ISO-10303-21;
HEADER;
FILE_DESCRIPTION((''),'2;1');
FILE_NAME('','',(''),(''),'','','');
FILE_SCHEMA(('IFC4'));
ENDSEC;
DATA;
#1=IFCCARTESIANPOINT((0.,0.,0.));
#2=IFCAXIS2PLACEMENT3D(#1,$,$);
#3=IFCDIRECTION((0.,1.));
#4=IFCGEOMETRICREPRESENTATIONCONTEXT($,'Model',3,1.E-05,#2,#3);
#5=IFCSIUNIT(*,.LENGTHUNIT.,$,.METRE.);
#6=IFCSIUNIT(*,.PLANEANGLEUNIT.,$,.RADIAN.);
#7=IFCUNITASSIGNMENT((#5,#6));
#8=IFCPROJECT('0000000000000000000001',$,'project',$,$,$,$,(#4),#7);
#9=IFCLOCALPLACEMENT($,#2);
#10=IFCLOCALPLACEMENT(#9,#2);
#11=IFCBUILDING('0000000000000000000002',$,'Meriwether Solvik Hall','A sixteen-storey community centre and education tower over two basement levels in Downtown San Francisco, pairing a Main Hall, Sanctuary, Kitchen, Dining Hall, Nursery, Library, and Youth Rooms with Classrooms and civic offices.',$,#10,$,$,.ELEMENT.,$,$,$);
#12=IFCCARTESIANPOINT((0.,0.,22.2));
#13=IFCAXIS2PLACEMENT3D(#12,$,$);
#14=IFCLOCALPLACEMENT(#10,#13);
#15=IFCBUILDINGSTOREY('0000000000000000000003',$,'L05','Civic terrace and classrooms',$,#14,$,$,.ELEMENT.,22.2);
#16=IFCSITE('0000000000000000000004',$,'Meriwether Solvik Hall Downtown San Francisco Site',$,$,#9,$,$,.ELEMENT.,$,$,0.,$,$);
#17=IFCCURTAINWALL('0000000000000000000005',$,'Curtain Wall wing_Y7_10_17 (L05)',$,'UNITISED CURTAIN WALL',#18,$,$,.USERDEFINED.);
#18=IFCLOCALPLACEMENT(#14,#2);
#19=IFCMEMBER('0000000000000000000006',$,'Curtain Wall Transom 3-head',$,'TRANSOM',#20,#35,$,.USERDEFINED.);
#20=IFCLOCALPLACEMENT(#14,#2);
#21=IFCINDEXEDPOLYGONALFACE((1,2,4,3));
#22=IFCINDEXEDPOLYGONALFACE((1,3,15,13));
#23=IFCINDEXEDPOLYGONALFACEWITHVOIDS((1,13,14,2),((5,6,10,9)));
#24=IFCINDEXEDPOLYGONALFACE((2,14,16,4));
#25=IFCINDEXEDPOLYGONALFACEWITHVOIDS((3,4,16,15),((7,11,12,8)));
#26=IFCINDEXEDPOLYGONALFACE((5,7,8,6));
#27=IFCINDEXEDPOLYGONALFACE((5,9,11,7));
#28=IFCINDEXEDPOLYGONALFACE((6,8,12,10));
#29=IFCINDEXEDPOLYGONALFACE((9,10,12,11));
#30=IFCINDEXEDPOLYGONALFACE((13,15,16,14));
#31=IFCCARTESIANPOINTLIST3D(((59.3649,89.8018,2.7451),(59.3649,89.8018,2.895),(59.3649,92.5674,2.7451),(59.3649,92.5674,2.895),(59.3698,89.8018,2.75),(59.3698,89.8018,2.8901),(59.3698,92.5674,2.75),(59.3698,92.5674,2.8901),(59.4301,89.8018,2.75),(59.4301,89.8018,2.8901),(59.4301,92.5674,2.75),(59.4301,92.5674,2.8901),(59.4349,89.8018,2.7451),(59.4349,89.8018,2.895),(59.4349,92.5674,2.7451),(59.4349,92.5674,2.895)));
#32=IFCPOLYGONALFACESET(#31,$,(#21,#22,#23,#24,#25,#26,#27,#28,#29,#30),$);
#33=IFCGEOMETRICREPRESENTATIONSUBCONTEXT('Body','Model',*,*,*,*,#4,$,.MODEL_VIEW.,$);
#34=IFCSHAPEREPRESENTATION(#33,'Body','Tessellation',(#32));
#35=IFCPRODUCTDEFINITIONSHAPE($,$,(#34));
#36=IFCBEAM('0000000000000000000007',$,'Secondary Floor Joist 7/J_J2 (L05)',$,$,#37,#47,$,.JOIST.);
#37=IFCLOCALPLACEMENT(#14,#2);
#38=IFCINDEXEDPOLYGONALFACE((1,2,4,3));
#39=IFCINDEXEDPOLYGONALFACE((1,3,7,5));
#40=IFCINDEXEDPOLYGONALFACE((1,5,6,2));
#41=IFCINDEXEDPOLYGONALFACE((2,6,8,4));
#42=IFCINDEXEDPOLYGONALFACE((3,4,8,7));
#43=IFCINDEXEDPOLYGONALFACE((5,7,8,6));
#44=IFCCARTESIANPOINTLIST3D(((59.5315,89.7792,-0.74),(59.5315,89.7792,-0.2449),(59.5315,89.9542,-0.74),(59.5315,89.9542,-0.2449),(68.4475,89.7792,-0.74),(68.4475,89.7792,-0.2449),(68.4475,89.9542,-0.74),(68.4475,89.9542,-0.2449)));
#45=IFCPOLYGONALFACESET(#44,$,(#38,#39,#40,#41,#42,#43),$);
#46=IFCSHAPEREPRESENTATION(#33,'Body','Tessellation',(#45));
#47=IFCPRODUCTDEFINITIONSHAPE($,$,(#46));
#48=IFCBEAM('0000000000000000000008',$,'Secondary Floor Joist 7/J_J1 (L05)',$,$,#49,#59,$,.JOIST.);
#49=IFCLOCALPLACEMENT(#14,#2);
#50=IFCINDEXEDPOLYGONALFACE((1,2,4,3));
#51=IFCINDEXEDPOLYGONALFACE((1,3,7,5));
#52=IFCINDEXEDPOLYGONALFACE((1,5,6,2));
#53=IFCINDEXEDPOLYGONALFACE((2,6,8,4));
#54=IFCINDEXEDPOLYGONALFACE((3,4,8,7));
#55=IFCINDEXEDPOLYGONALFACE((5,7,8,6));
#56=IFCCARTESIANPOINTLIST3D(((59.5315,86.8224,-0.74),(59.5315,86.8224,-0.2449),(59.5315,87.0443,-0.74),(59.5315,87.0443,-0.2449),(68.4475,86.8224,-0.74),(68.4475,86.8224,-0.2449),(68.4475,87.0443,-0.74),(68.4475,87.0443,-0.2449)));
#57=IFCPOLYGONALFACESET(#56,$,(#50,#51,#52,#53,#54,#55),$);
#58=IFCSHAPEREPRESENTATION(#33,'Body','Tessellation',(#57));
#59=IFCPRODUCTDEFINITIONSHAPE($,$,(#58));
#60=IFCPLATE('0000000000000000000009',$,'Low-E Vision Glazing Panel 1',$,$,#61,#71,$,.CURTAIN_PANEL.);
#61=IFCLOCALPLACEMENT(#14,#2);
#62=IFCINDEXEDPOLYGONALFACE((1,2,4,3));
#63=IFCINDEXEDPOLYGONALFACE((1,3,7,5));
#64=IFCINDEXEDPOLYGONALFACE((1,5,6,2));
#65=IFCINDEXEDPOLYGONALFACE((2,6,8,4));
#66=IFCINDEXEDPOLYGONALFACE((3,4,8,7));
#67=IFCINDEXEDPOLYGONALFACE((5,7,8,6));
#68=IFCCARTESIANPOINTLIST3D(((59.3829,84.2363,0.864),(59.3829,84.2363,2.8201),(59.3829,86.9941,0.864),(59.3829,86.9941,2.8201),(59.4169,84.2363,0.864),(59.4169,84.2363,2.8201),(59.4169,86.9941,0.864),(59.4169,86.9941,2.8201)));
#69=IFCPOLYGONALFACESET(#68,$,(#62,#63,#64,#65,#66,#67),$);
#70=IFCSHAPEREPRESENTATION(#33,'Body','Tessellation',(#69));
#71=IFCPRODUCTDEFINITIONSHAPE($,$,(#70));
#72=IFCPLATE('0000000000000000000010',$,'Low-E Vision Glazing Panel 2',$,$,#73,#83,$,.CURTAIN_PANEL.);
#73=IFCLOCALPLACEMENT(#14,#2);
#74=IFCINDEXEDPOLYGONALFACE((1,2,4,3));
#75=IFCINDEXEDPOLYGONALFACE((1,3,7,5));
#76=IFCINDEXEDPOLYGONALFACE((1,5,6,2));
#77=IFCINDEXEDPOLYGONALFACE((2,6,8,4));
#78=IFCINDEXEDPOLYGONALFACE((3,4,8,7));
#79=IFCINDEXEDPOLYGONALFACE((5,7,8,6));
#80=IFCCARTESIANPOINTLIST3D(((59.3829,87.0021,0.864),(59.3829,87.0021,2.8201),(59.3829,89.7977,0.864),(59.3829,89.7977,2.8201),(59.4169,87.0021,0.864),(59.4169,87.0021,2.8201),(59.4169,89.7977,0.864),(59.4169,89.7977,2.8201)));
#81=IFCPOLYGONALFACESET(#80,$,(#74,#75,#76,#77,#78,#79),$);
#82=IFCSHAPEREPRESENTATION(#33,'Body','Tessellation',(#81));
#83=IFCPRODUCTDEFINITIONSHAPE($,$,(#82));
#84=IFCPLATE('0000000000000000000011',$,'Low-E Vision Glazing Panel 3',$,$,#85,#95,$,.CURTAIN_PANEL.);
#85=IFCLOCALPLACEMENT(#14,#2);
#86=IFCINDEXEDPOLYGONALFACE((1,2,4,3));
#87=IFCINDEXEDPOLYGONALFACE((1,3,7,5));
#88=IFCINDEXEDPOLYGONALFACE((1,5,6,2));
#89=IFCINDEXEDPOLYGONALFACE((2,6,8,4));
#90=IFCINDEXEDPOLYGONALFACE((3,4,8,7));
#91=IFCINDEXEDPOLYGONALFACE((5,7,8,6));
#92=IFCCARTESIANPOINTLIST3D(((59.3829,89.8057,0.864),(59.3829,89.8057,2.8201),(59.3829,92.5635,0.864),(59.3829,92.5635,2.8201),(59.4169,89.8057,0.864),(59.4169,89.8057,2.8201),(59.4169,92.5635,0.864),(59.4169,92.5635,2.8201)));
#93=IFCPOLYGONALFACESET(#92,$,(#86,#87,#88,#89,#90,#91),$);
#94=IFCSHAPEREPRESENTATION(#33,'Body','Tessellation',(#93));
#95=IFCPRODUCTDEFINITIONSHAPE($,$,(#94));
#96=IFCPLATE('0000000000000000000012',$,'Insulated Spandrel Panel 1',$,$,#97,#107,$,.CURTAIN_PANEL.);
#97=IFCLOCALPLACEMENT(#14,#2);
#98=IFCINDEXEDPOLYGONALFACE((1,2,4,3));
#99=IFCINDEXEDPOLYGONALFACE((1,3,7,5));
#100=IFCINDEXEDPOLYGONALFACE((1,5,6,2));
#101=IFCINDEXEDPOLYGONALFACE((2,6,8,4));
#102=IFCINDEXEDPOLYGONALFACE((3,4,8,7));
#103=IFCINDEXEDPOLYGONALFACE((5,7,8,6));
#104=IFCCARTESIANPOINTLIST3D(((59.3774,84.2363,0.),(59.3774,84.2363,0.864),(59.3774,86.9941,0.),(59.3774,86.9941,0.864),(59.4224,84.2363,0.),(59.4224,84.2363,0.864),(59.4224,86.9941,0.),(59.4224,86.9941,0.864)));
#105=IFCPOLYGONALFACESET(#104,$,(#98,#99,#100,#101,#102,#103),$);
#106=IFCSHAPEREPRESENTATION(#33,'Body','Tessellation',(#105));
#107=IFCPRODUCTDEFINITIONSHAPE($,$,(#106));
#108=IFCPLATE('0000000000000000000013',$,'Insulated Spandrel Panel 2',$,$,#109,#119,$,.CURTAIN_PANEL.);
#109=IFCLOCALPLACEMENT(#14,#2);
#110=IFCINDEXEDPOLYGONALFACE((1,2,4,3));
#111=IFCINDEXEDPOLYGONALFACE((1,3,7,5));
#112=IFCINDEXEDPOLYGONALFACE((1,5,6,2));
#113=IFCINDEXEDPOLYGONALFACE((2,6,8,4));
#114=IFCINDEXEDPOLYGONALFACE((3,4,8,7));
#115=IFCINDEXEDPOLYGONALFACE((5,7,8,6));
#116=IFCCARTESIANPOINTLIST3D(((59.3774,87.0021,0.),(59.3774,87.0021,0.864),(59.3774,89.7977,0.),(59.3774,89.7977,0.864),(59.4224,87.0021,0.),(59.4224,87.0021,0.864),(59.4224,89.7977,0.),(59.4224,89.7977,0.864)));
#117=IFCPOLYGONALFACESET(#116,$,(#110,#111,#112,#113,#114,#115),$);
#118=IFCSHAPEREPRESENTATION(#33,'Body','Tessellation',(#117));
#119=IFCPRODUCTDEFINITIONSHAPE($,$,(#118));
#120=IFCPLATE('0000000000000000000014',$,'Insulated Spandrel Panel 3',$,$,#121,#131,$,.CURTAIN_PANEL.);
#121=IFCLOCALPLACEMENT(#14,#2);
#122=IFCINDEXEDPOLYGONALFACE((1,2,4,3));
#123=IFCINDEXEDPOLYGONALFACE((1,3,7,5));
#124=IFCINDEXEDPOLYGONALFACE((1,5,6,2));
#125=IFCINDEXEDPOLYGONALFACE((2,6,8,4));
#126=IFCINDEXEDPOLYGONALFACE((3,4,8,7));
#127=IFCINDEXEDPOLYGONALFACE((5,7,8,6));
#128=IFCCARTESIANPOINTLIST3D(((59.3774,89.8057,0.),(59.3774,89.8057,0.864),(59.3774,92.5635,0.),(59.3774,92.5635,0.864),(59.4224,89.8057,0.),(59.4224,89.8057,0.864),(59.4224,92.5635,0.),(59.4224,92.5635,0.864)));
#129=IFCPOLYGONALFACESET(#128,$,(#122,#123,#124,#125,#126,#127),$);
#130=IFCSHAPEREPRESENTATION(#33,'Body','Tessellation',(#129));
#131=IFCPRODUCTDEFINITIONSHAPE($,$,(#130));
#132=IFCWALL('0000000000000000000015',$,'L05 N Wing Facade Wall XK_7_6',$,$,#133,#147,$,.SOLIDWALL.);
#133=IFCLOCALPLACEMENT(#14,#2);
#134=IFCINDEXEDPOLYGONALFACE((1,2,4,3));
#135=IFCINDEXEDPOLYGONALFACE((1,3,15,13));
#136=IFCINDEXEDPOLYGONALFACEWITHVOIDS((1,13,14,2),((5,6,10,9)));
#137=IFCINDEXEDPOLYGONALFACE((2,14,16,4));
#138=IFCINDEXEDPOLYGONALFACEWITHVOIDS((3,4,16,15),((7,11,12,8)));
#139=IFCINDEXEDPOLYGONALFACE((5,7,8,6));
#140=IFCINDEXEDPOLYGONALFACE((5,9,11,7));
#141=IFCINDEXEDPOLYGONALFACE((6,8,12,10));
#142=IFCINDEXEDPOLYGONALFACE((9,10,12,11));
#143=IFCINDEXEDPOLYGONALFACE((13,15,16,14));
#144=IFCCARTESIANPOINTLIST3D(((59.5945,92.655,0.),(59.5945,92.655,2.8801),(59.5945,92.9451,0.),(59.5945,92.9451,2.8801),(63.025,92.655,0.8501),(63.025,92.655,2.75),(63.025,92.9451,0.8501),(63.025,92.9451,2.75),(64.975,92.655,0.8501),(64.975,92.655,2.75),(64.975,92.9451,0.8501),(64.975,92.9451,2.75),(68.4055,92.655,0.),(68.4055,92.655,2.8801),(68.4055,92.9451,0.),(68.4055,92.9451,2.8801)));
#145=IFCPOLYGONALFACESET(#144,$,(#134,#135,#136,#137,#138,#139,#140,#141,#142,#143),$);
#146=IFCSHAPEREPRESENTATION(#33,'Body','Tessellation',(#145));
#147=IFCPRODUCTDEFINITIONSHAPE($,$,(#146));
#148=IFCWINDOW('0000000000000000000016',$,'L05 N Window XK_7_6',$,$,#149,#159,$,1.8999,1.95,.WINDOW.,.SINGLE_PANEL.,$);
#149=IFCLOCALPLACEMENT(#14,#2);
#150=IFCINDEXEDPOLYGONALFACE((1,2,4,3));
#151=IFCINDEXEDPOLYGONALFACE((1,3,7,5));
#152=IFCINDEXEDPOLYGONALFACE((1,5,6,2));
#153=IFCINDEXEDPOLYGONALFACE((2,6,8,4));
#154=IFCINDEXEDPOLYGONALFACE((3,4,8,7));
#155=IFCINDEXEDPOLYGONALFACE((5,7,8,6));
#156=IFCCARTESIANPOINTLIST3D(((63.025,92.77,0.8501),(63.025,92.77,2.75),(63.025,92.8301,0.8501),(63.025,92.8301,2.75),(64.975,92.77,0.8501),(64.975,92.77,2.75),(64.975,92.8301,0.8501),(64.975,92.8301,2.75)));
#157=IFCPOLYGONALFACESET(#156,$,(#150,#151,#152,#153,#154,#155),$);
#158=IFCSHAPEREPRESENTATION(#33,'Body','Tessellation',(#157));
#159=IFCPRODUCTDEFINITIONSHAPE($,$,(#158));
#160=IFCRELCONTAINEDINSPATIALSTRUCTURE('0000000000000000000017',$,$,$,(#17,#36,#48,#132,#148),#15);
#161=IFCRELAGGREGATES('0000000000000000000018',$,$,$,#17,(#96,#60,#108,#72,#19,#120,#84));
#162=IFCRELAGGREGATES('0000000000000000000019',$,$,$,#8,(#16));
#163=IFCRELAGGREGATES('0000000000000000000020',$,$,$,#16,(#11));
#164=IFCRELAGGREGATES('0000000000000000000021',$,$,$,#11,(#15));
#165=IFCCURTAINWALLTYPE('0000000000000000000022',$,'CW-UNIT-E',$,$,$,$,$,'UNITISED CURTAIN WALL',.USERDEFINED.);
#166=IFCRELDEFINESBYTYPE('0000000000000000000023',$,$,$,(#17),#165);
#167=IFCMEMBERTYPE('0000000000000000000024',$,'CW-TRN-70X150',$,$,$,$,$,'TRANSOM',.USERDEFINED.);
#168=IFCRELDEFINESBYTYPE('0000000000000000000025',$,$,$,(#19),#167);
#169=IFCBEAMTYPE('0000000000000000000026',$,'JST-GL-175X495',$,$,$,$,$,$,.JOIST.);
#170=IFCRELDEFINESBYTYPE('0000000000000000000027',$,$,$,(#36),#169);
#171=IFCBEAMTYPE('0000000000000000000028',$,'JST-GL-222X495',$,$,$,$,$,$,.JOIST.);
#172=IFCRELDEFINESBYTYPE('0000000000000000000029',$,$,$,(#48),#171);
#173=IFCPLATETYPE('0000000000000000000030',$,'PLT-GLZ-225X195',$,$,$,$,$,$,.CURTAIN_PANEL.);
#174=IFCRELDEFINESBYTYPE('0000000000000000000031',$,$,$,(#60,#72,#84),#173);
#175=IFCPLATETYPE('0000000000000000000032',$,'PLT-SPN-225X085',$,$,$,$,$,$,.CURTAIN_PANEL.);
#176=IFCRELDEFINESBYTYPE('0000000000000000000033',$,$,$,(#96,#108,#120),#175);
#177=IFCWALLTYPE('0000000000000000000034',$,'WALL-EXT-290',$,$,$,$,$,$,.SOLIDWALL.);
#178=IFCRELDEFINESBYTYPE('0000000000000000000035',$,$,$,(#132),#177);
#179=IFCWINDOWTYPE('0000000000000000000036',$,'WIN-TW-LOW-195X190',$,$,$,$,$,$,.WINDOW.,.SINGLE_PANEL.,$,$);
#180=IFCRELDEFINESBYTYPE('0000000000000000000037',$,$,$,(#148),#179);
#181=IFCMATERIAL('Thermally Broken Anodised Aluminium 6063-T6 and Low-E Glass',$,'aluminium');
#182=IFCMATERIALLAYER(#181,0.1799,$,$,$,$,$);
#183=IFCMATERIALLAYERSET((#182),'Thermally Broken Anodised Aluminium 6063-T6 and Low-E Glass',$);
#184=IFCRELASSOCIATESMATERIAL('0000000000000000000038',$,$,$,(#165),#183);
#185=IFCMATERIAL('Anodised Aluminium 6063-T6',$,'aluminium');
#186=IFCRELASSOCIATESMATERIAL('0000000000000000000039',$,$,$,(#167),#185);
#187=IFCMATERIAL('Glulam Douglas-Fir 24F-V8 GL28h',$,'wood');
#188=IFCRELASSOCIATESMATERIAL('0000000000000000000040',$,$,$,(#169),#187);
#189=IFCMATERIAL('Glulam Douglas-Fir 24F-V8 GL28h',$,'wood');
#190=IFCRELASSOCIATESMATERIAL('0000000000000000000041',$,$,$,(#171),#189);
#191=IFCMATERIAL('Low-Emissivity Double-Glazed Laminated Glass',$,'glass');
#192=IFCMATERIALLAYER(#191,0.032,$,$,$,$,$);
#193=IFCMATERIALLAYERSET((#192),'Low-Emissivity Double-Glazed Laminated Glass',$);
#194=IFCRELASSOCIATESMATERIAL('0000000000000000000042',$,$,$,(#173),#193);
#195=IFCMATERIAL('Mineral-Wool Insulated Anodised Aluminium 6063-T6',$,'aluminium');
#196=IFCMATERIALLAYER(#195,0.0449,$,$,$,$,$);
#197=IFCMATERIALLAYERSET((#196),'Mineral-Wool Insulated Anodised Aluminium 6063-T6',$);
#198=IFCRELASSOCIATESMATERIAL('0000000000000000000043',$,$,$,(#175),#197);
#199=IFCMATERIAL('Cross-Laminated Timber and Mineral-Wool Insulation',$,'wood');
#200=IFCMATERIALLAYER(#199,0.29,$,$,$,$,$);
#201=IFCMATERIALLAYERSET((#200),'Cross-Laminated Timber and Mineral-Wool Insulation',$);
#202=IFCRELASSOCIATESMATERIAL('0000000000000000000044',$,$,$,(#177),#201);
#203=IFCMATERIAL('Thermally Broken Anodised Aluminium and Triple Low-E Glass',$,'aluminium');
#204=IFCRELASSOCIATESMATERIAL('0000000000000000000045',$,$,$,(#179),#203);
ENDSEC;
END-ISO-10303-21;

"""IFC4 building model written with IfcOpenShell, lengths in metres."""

from ifc_helpers import new_model, si_unit, direction, frame, frame_2d, origin, origin_2d, place, context, subcontext, project, spatial, rectangle, hollow_rectangle, extrude, material, layer, layer_set, material_profile, profile_set, type_object, element, fill, aggregate, save


model = new_model("IFC4")

# Units and contexts
model_context = context("Model", 3, precision=1e-05, world=origin(), true_north=direction((0.0, 1.0)))
body_context = subcontext(model_context, "Body", "Model", "MODEL_VIEW")
ifc_project = project(units=[si_unit("LENGTHUNIT", "METRE"), si_unit("PLANEANGLEUNIT", "RADIAN")], contexts=[model_context])

# Site, building, storey
site_placement = place(None, origin())
site = spatial("IfcSite", under=ifc_project, at=site_placement, Name="Meriwether Solvik Hall Downtown San Francisco Site", CompositionType="ELEMENT", RefElevation=0.0)
building_placement = place(site_placement, origin())
building = spatial("IfcBuilding", under=site, at=building_placement, Name="Meriwether Solvik Hall", Description="A sixteen-storey community centre and education tower over two basement levels in Downtown San Francisco, pairing a Main Hall, Sanctuary, Kitchen, Dining Hall, Nursery, Library, and Youth Rooms with Classrooms and civic offices.", CompositionType="ELEMENT")
storey_placement = place(building_placement, frame((0.0, 0.0, 22.2)))
storey = spatial("IfcBuildingStorey", under=building, at=storey_placement, Name="L05", Description="Civic terrace and classrooms", CompositionType="ELEMENT", Elevation=22.2)

# Curtain wall, member
ifc_material_1 = material(Name="Thermally Broken Anodised Aluminium 6063-T6 and Low-E Glass", Category="aluminium")
ifc_layer_1 = layer(ifc_material_1, 0.1799)
ifc_layer_set_1 = layer_set([ifc_layer_1], Name="Thermally Broken Anodised Aluminium 6063-T6 and Low-E Glass")
curtain_wall_type = type_object("IfcCurtainWallType", Name="CW-UNIT-E", ElementType="UNITISED CURTAIN WALL", PredefinedType="USERDEFINED", material=ifc_layer_set_1)
curtain_wall_placement = place(storey_placement, origin())
curtain_wall = element("IfcCurtainWall", 1, at=curtain_wall_placement, inside=storey, type_object=curtain_wall_type, Name="Curtain Wall wing_Y7_10_17 (L05)", ObjectType="UNITISED CURTAIN WALL", PredefinedType="USERDEFINED")
ifc_material_2 = material(Name="Anodised Aluminium 6063-T6", Category="aluminium")
ifc_material_profile_1 = material_profile(ifc_material_2, hollow_rectangle(XDim=0.0701, YDim=0.1499, WallThickness=0.0049, at=origin_2d()), Name="CWT-70X150")
ifc_profile_set_1 = profile_set([ifc_material_profile_1], Name="Anodised Aluminium 6063-T6")
member_type_1 = type_object("IfcMemberType", Name="CW-TRN-70X150", ElementType="TRANSOM", PredefinedType="USERDEFINED", material=ifc_profile_set_1)
member_1_placement = place(storey_placement, frame((59.3999, 89.8018, 2.8201), z_axis=(0.0, 1.0, 0.0), x_axis=(-1.0, 0.0, 0.0)))
member_1 = element("IfcMember", 2, at=member_1_placement, type_object=member_type_1, Name="Curtain Wall Transom 3-head", ObjectType="TRANSOM", PredefinedType="USERDEFINED", context=body_context, shape_type="SweptSolid", body=[
    extrude(hollow_rectangle(XDim=0.0701, YDim=0.1499, WallThickness=0.0049, at=origin_2d()), origin(), (0.0, 0.0, 1.0), 2.7656),
])

# Beams
ifc_material_3 = material(Name="Glulam Douglas-Fir 24F-V8 GL28h", Category="wood")
ifc_material_profile_2 = material_profile(ifc_material_3, rectangle(XDim=0.175, YDim=0.4951, at=origin_2d()), Name="GLJ-175X495")
ifc_profile_set_2 = profile_set([ifc_material_profile_2], Name="Glulam Douglas-Fir 24F-V8 GL28h")
beam_type_1 = type_object("IfcBeamType", Name="JST-GL-175X495", PredefinedType="JOIST", material=ifc_profile_set_2)
beam_1_placement = place(storey_placement, frame((59.5315, 89.8667, -0.4924), z_axis=(1.0, 0.0, 0.0), x_axis=(0.0, 1.0, 0.0)))
element("IfcBeam", 3, at=beam_1_placement, inside=storey, type_object=beam_type_1, Name="Secondary Floor Joist 7/J_J2 (L05)", PredefinedType="JOIST", context=body_context, shape_type="SweptSolid", body=[
    extrude(rectangle(XDim=0.175, YDim=0.4951, at=origin_2d()), origin(), (0.0, 0.0, 1.0), 8.916),
])
ifc_material_4 = material(Name="Glulam Douglas-Fir 24F-V8 GL28h", Category="wood")
ifc_material_profile_3 = material_profile(ifc_material_4, rectangle(XDim=0.2219, YDim=0.4951, at=origin_2d()), Name="GLJ-222X495")
ifc_profile_set_3 = profile_set([ifc_material_profile_3], Name="Glulam Douglas-Fir 24F-V8 GL28h")
beam_type_2 = type_object("IfcBeamType", Name="JST-GL-222X495", PredefinedType="JOIST", material=ifc_profile_set_3)
beam_2_placement = place(storey_placement, frame((59.5315, 86.9333, -0.4924), z_axis=(1.0, 0.0, 0.0), x_axis=(0.0, 1.0, 0.0)))
element("IfcBeam", 4, at=beam_2_placement, inside=storey, type_object=beam_type_2, Name="Secondary Floor Joist 7/J_J1 (L05)", PredefinedType="JOIST", context=body_context, shape_type="SweptSolid", body=[
    extrude(rectangle(XDim=0.2219, YDim=0.4951, at=origin_2d()), origin(), (0.0, 0.0, 1.0), 8.916),
])

# Plates
ifc_material_5 = material(Name="Low-Emissivity Double-Glazed Laminated Glass", Category="glass")
ifc_layer_2 = layer(ifc_material_5, 0.032)
ifc_layer_set_2 = layer_set([ifc_layer_2], Name="Low-Emissivity Double-Glazed Laminated Glass")
plate_type_1 = type_object("IfcPlateType", Name="PLT-GLZ-225X195", PredefinedType="CURTAIN_PANEL", material=ifc_layer_set_2)
plate_1_placement = place(storey_placement, frame((59.3999, 85.6152, 0.864), z_axis=(0.0, 0.0, 1.0), x_axis=(0.0, 1.0, 0.0)))
plate_1 = element("IfcPlate", 5, at=plate_1_placement, type_object=plate_type_1, Name="Low-E Vision Glazing Panel 1", PredefinedType="CURTAIN_PANEL", context=body_context, shape_type="SweptSolid", body=[
    extrude(rectangle(XDim=2.7578, YDim=0.0339, at=origin_2d()), origin(), (0.0, 0.0, 1.0), 1.9561),
])
plate_2_placement = place(storey_placement, frame((59.3999, 88.3999, 0.864), z_axis=(0.0, 0.0, 1.0), x_axis=(0.0, 1.0, 0.0)))
plate_2 = element("IfcPlate", 6, at=plate_2_placement, type_object=plate_type_1, Name="Low-E Vision Glazing Panel 2", PredefinedType="CURTAIN_PANEL", context=body_context, shape_type="SweptSolid", body=[
    extrude(rectangle(XDim=2.7957, YDim=0.0339, at=origin_2d()), origin(), (0.0, 0.0, 1.0), 1.9561),
])
plate_3_placement = place(storey_placement, frame((59.3999, 91.1846, 0.864), z_axis=(0.0, 0.0, 1.0), x_axis=(0.0, 1.0, 0.0)))
plate_3 = element("IfcPlate", 7, at=plate_3_placement, type_object=plate_type_1, Name="Low-E Vision Glazing Panel 3", PredefinedType="CURTAIN_PANEL", context=body_context, shape_type="SweptSolid", body=[
    extrude(rectangle(XDim=2.7578, YDim=0.0339, at=origin_2d()), origin(), (0.0, 0.0, 1.0), 1.9561),
])
ifc_material_6 = material(Name="Mineral-Wool Insulated Anodised Aluminium 6063-T6", Category="aluminium")
ifc_layer_3 = layer(ifc_material_6, 0.0449)
ifc_layer_set_3 = layer_set([ifc_layer_3], Name="Mineral-Wool Insulated Anodised Aluminium 6063-T6")
plate_type_2 = type_object("IfcPlateType", Name="PLT-SPN-225X085", PredefinedType="CURTAIN_PANEL", material=ifc_layer_set_3)
plate_4_placement = place(storey_placement, frame((59.3999, 85.6152, 0.0), z_axis=(0.0, 0.0, 1.0), x_axis=(0.0, 1.0, 0.0)))
plate_4 = element("IfcPlate", 8, at=plate_4_placement, type_object=plate_type_2, Name="Insulated Spandrel Panel 1", PredefinedType="CURTAIN_PANEL", context=body_context, shape_type="SweptSolid", body=[
    extrude(rectangle(XDim=2.7578, YDim=0.0449, at=origin_2d()), origin(), (0.0, 0.0, 1.0), 0.864),
])
plate_5_placement = place(storey_placement, frame((59.3999, 88.3999, 0.0), z_axis=(0.0, 0.0, 1.0), x_axis=(0.0, 1.0, 0.0)))
plate_5 = element("IfcPlate", 9, at=plate_5_placement, type_object=plate_type_2, Name="Insulated Spandrel Panel 2", PredefinedType="CURTAIN_PANEL", context=body_context, shape_type="SweptSolid", body=[
    extrude(rectangle(XDim=2.7957, YDim=0.0449, at=origin_2d()), origin(), (0.0, 0.0, 1.0), 0.864),
])
plate_6_placement = place(storey_placement, frame((59.3999, 91.1846, 0.0), z_axis=(0.0, 0.0, 1.0), x_axis=(0.0, 1.0, 0.0)))
plate_6 = element("IfcPlate", 10, at=plate_6_placement, type_object=plate_type_2, Name="Insulated Spandrel Panel 3", PredefinedType="CURTAIN_PANEL", context=body_context, shape_type="SweptSolid", body=[
    extrude(rectangle(XDim=2.7578, YDim=0.0449, at=origin_2d()), origin(), (0.0, 0.0, 1.0), 0.864),
])
aggregate(curtain_wall, [plate_4, plate_1, plate_5, plate_2, member_1, plate_6, plate_3])

# Wall, opening, window
ifc_material_7 = material(Name="Cross-Laminated Timber and Mineral-Wool Insulation", Category="wood")
ifc_layer_4 = layer(ifc_material_7, 0.29)
ifc_layer_set_4 = layer_set([ifc_layer_4], Name="Cross-Laminated Timber and Mineral-Wool Insulation")
wall_type = type_object("IfcWallType", Name="WALL-EXT-290", PredefinedType="SOLIDWALL", material=ifc_layer_set_4)
wall_placement = place(storey_placement, frame((59.5945, 92.8, 0.0), z_axis=(0.0, 0.0, 1.0), x_axis=(1.0, 0.0, 0.0)))
wall = element("IfcWall", 11, at=wall_placement, inside=storey, type_object=wall_type, Name="L05 N Wing Facade Wall XK_7_6", PredefinedType="SOLIDWALL", context=body_context, shape_type="SweptSolid", body=[
    extrude(rectangle(XDim=8.811, YDim=0.29, at=frame_2d((4.4055, 0.0))), origin(), (0.0, 0.0, 1.0), 2.8801),
])
opening_placement = place(wall_placement, frame((3.4304, 0.0, 0.8501)))
opening = element("IfcOpeningElement", 12, at=opening_placement, cuts=wall, PredefinedType="OPENING", context=body_context, shape_type="SweptSolid", body=[
    extrude(rectangle(XDim=1.95, YDim=1.8999, at=frame_2d((0.9751, 0.95))), frame((0.0, 0.157, 0.0), z_axis=(0.0, -1.0, 0.0), x_axis=(1.0, 0.0, 0.0)), (0.0, 0.0, 1.0), 0.314),
])
ifc_material_8 = material(Name="Thermally Broken Anodised Aluminium and Triple Low-E Glass", Category="aluminium")
window_type = type_object("IfcWindowType", Name="WIN-TW-LOW-195X190", PartitioningType="SINGLE_PANEL", PredefinedType="WINDOW", material=ifc_material_8)
window_placement = place(opening_placement, origin())
window = element("IfcWindow", 13, at=window_placement, inside=storey, type_object=window_type, Name="L05 N Window XK_7_6", OverallHeight=1.8999, OverallWidth=1.95, PartitioningType="SINGLE_PANEL", PredefinedType="WINDOW", context=body_context, shape_type="SweptSolid", body=[
    extrude(rectangle(XDim=1.95, YDim=1.8999, at=frame_2d((0.9751, 0.95))), frame((0.0, 0.03, 0.0), z_axis=(0.0, -1.0, 0.0), x_axis=(1.0, 0.0, 0.0)), (0.0, 0.0, 1.0), 0.0601),
])
fill(opening, window)

save(model, "model.ifc")
